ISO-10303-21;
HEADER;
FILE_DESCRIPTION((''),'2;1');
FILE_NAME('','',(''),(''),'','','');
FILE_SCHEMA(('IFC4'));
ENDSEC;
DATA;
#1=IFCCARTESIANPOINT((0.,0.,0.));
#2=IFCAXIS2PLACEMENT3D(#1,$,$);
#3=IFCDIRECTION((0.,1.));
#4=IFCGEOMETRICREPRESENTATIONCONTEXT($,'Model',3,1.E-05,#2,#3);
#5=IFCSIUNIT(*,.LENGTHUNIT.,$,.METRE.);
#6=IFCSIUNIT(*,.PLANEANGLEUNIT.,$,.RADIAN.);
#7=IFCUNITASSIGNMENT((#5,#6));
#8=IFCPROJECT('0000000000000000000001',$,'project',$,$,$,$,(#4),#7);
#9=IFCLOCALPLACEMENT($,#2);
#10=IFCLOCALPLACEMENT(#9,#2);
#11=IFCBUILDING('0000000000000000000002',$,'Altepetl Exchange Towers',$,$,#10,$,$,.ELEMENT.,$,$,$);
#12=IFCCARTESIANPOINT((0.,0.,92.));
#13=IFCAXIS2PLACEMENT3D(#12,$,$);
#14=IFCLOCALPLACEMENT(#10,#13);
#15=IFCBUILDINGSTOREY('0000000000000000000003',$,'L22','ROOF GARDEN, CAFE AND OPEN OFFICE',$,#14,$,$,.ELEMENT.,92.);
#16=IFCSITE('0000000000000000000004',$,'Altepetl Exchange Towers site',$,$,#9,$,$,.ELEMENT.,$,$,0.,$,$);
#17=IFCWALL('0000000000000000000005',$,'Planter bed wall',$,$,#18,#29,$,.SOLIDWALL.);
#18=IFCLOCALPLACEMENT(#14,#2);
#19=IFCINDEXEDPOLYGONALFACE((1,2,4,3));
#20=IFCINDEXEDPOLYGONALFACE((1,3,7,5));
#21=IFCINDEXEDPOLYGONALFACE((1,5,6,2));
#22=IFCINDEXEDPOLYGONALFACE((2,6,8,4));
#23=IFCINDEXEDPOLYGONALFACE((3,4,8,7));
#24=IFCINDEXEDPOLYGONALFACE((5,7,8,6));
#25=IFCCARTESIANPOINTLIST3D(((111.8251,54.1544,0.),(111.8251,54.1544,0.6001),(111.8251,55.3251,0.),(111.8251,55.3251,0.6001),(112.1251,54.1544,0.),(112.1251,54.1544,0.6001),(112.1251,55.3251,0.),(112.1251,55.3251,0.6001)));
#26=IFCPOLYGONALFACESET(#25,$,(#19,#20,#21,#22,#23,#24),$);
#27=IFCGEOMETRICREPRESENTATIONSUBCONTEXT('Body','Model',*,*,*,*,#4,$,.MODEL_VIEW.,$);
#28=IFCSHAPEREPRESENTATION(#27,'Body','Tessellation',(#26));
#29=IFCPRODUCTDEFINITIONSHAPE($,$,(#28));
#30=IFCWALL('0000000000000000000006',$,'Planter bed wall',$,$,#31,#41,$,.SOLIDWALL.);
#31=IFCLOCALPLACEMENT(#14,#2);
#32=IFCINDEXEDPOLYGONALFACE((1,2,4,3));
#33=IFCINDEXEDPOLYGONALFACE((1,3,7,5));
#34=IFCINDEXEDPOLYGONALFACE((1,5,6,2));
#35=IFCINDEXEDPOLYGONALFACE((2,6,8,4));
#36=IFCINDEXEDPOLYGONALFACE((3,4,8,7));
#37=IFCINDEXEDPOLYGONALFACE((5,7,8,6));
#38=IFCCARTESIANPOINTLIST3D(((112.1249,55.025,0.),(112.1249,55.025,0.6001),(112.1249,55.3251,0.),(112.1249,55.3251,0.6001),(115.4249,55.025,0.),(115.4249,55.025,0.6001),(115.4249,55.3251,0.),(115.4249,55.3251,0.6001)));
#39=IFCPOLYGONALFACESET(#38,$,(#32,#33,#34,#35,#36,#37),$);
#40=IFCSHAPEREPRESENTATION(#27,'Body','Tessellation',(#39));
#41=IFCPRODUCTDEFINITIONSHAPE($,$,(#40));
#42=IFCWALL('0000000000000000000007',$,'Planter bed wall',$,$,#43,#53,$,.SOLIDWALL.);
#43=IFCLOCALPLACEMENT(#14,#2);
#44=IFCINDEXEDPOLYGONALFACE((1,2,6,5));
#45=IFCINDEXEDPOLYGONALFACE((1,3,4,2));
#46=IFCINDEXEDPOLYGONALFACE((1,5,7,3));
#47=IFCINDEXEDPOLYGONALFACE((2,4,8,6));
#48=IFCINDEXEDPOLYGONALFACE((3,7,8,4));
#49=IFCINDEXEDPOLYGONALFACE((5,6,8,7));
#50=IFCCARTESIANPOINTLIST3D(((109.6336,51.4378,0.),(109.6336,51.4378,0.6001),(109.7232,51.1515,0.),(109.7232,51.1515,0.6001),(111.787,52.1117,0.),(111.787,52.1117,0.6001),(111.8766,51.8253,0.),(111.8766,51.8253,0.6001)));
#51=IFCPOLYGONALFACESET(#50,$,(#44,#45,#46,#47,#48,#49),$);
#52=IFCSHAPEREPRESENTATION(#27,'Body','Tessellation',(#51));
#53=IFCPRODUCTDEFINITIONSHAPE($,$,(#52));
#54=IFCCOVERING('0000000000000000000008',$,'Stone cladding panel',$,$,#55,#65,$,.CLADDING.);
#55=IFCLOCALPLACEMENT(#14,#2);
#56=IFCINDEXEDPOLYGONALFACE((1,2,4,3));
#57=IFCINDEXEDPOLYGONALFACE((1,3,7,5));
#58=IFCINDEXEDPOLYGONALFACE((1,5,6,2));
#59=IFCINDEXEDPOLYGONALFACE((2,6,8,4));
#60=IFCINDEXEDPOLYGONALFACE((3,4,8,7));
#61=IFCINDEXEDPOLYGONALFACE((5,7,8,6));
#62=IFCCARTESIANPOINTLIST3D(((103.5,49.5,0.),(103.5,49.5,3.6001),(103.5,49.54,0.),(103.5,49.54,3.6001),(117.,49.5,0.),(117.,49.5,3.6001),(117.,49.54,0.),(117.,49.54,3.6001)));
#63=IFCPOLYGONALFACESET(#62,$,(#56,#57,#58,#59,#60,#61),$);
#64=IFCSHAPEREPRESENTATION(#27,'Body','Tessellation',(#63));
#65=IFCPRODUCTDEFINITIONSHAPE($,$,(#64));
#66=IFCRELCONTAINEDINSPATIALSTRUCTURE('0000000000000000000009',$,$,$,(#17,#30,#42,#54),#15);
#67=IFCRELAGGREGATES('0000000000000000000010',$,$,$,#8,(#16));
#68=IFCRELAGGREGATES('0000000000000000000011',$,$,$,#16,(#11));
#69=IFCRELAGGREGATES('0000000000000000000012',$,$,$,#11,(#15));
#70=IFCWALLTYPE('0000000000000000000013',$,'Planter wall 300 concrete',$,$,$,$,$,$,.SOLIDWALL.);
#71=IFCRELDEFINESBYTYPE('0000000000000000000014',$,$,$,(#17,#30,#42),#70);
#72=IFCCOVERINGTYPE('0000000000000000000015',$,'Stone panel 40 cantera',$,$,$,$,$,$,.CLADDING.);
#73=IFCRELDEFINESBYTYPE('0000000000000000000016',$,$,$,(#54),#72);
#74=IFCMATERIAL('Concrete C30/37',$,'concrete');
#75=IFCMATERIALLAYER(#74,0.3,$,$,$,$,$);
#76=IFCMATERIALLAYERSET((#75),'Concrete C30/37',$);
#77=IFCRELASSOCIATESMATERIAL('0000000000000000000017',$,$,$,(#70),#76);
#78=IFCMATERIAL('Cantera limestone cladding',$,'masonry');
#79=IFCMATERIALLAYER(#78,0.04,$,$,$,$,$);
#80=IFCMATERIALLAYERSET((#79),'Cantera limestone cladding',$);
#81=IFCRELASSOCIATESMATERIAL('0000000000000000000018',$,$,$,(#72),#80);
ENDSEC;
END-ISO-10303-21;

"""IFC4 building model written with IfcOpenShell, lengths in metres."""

from ifc_helpers import new_model, si_unit, direction, frame, frame_2d, origin, origin_2d, place, context, subcontext, project, spatial, rectangle, extrude, material, layer, layer_set, type_object, element, save


model = new_model("IFC4")

# Units and contexts
model_context = context("Model", 3, precision=1e-05, world=origin(), true_north=direction((0.0, 1.0)))
body_context = subcontext(model_context, "Body", "Model", "MODEL_VIEW")
ifc_project = project(units=[si_unit("LENGTHUNIT", "METRE"), si_unit("PLANEANGLEUNIT", "RADIAN")], contexts=[model_context])

# Site, building, storey
site_placement = place(None, origin())
site = spatial("IfcSite", under=ifc_project, at=site_placement, Name="Altepetl Exchange Towers site", CompositionType="ELEMENT", RefElevation=0.0)
building_placement = place(site_placement, origin())
building = spatial("IfcBuilding", under=site, at=building_placement, Name="Altepetl Exchange Towers", CompositionType="ELEMENT")
storey_placement = place(building_placement, frame((0.0, 0.0, 92.0)))
storey = spatial("IfcBuildingStorey", under=building, at=storey_placement, Name="L22", Description="ROOF GARDEN, CAFE AND OPEN OFFICE", CompositionType="ELEMENT", Elevation=92.0)

# Walls
ifc_material_1 = material(Name="Concrete C30/37", Category="concrete")
ifc_layer_1 = layer(ifc_material_1, 0.3)
ifc_layer_set_1 = layer_set([ifc_layer_1], Name="Concrete C30/37")
wall_type_1 = type_object("IfcWallType", Name="Planter wall 300 concrete", PredefinedType="SOLIDWALL", material=ifc_layer_set_1)
wall_1_placement = place(storey_placement, frame((111.9751, 54.1543, 0.0), z_axis=(0.0, 0.0, 1.0), x_axis=(0.0, 1.0, 0.0)))
element("IfcWall", 1, at=wall_1_placement, inside=storey, type_object=wall_type_1, Name="Planter bed wall", PredefinedType="SOLIDWALL", context=body_context, shape_type="SweptSolid", body=[
    extrude(rectangle(XDim=1.1707, YDim=0.3, at=frame_2d((0.5854, 0.0))), origin(), (0.0, 0.0, 1.0), 0.6001),
])
wall_2_placement = place(storey_placement, frame((112.125, 55.175, 0.0)))
element("IfcWall", 2, at=wall_2_placement, inside=storey, type_object=wall_type_1, Name="Planter bed wall", PredefinedType="SOLIDWALL", context=body_context, shape_type="SweptSolid", body=[
    extrude(rectangle(XDim=3.3, YDim=0.3, at=frame_2d((1.6499, 0.0))), origin(), (0.0, 0.0, 1.0), 0.6001),
])
wall_3_placement = place(storey_placement, frame((111.8318, 51.9685, 0.0), z_axis=(0.0, 0.0, 1.0), x_axis=(-0.954364, -0.298645, 0.0)))
element("IfcWall", 3, at=wall_3_placement, inside=storey, type_object=wall_type_1, Name="Planter bed wall", PredefinedType="SOLIDWALL", context=body_context, shape_type="SweptSolid", body=[
    extrude(rectangle(XDim=2.2563, YDim=0.3, at=frame_2d((1.1282, 0.0))), origin(), (0.0, 0.0, 1.0), 0.6001),
])

# Covering
ifc_material_2 = material(Name="Cantera limestone cladding", Category="masonry")
ifc_layer_2 = layer(ifc_material_2, 0.04)
ifc_layer_set_2 = layer_set([ifc_layer_2], Name="Cantera limestone cladding")
covering_type = type_object("IfcCoveringType", Name="Stone panel 40 cantera", PredefinedType="CLADDING", material=ifc_layer_set_2)
covering_placement = place(storey_placement, frame((110.25, 49.52, 0.0), z_axis=(0.0, 0.0, 1.0), x_axis=(-1.0, 0.0, 0.0)))
element("IfcCovering", 4, at=covering_placement, inside=storey, type_object=covering_type, Name="Stone cladding panel", PredefinedType="CLADDING", context=body_context, shape_type="SweptSolid", body=[
    extrude(rectangle(XDim=13.5, YDim=0.04, at=origin_2d()), origin(), (0.0, 0.0, 1.0), 3.6001),
])

save(model, "model.ifc")
